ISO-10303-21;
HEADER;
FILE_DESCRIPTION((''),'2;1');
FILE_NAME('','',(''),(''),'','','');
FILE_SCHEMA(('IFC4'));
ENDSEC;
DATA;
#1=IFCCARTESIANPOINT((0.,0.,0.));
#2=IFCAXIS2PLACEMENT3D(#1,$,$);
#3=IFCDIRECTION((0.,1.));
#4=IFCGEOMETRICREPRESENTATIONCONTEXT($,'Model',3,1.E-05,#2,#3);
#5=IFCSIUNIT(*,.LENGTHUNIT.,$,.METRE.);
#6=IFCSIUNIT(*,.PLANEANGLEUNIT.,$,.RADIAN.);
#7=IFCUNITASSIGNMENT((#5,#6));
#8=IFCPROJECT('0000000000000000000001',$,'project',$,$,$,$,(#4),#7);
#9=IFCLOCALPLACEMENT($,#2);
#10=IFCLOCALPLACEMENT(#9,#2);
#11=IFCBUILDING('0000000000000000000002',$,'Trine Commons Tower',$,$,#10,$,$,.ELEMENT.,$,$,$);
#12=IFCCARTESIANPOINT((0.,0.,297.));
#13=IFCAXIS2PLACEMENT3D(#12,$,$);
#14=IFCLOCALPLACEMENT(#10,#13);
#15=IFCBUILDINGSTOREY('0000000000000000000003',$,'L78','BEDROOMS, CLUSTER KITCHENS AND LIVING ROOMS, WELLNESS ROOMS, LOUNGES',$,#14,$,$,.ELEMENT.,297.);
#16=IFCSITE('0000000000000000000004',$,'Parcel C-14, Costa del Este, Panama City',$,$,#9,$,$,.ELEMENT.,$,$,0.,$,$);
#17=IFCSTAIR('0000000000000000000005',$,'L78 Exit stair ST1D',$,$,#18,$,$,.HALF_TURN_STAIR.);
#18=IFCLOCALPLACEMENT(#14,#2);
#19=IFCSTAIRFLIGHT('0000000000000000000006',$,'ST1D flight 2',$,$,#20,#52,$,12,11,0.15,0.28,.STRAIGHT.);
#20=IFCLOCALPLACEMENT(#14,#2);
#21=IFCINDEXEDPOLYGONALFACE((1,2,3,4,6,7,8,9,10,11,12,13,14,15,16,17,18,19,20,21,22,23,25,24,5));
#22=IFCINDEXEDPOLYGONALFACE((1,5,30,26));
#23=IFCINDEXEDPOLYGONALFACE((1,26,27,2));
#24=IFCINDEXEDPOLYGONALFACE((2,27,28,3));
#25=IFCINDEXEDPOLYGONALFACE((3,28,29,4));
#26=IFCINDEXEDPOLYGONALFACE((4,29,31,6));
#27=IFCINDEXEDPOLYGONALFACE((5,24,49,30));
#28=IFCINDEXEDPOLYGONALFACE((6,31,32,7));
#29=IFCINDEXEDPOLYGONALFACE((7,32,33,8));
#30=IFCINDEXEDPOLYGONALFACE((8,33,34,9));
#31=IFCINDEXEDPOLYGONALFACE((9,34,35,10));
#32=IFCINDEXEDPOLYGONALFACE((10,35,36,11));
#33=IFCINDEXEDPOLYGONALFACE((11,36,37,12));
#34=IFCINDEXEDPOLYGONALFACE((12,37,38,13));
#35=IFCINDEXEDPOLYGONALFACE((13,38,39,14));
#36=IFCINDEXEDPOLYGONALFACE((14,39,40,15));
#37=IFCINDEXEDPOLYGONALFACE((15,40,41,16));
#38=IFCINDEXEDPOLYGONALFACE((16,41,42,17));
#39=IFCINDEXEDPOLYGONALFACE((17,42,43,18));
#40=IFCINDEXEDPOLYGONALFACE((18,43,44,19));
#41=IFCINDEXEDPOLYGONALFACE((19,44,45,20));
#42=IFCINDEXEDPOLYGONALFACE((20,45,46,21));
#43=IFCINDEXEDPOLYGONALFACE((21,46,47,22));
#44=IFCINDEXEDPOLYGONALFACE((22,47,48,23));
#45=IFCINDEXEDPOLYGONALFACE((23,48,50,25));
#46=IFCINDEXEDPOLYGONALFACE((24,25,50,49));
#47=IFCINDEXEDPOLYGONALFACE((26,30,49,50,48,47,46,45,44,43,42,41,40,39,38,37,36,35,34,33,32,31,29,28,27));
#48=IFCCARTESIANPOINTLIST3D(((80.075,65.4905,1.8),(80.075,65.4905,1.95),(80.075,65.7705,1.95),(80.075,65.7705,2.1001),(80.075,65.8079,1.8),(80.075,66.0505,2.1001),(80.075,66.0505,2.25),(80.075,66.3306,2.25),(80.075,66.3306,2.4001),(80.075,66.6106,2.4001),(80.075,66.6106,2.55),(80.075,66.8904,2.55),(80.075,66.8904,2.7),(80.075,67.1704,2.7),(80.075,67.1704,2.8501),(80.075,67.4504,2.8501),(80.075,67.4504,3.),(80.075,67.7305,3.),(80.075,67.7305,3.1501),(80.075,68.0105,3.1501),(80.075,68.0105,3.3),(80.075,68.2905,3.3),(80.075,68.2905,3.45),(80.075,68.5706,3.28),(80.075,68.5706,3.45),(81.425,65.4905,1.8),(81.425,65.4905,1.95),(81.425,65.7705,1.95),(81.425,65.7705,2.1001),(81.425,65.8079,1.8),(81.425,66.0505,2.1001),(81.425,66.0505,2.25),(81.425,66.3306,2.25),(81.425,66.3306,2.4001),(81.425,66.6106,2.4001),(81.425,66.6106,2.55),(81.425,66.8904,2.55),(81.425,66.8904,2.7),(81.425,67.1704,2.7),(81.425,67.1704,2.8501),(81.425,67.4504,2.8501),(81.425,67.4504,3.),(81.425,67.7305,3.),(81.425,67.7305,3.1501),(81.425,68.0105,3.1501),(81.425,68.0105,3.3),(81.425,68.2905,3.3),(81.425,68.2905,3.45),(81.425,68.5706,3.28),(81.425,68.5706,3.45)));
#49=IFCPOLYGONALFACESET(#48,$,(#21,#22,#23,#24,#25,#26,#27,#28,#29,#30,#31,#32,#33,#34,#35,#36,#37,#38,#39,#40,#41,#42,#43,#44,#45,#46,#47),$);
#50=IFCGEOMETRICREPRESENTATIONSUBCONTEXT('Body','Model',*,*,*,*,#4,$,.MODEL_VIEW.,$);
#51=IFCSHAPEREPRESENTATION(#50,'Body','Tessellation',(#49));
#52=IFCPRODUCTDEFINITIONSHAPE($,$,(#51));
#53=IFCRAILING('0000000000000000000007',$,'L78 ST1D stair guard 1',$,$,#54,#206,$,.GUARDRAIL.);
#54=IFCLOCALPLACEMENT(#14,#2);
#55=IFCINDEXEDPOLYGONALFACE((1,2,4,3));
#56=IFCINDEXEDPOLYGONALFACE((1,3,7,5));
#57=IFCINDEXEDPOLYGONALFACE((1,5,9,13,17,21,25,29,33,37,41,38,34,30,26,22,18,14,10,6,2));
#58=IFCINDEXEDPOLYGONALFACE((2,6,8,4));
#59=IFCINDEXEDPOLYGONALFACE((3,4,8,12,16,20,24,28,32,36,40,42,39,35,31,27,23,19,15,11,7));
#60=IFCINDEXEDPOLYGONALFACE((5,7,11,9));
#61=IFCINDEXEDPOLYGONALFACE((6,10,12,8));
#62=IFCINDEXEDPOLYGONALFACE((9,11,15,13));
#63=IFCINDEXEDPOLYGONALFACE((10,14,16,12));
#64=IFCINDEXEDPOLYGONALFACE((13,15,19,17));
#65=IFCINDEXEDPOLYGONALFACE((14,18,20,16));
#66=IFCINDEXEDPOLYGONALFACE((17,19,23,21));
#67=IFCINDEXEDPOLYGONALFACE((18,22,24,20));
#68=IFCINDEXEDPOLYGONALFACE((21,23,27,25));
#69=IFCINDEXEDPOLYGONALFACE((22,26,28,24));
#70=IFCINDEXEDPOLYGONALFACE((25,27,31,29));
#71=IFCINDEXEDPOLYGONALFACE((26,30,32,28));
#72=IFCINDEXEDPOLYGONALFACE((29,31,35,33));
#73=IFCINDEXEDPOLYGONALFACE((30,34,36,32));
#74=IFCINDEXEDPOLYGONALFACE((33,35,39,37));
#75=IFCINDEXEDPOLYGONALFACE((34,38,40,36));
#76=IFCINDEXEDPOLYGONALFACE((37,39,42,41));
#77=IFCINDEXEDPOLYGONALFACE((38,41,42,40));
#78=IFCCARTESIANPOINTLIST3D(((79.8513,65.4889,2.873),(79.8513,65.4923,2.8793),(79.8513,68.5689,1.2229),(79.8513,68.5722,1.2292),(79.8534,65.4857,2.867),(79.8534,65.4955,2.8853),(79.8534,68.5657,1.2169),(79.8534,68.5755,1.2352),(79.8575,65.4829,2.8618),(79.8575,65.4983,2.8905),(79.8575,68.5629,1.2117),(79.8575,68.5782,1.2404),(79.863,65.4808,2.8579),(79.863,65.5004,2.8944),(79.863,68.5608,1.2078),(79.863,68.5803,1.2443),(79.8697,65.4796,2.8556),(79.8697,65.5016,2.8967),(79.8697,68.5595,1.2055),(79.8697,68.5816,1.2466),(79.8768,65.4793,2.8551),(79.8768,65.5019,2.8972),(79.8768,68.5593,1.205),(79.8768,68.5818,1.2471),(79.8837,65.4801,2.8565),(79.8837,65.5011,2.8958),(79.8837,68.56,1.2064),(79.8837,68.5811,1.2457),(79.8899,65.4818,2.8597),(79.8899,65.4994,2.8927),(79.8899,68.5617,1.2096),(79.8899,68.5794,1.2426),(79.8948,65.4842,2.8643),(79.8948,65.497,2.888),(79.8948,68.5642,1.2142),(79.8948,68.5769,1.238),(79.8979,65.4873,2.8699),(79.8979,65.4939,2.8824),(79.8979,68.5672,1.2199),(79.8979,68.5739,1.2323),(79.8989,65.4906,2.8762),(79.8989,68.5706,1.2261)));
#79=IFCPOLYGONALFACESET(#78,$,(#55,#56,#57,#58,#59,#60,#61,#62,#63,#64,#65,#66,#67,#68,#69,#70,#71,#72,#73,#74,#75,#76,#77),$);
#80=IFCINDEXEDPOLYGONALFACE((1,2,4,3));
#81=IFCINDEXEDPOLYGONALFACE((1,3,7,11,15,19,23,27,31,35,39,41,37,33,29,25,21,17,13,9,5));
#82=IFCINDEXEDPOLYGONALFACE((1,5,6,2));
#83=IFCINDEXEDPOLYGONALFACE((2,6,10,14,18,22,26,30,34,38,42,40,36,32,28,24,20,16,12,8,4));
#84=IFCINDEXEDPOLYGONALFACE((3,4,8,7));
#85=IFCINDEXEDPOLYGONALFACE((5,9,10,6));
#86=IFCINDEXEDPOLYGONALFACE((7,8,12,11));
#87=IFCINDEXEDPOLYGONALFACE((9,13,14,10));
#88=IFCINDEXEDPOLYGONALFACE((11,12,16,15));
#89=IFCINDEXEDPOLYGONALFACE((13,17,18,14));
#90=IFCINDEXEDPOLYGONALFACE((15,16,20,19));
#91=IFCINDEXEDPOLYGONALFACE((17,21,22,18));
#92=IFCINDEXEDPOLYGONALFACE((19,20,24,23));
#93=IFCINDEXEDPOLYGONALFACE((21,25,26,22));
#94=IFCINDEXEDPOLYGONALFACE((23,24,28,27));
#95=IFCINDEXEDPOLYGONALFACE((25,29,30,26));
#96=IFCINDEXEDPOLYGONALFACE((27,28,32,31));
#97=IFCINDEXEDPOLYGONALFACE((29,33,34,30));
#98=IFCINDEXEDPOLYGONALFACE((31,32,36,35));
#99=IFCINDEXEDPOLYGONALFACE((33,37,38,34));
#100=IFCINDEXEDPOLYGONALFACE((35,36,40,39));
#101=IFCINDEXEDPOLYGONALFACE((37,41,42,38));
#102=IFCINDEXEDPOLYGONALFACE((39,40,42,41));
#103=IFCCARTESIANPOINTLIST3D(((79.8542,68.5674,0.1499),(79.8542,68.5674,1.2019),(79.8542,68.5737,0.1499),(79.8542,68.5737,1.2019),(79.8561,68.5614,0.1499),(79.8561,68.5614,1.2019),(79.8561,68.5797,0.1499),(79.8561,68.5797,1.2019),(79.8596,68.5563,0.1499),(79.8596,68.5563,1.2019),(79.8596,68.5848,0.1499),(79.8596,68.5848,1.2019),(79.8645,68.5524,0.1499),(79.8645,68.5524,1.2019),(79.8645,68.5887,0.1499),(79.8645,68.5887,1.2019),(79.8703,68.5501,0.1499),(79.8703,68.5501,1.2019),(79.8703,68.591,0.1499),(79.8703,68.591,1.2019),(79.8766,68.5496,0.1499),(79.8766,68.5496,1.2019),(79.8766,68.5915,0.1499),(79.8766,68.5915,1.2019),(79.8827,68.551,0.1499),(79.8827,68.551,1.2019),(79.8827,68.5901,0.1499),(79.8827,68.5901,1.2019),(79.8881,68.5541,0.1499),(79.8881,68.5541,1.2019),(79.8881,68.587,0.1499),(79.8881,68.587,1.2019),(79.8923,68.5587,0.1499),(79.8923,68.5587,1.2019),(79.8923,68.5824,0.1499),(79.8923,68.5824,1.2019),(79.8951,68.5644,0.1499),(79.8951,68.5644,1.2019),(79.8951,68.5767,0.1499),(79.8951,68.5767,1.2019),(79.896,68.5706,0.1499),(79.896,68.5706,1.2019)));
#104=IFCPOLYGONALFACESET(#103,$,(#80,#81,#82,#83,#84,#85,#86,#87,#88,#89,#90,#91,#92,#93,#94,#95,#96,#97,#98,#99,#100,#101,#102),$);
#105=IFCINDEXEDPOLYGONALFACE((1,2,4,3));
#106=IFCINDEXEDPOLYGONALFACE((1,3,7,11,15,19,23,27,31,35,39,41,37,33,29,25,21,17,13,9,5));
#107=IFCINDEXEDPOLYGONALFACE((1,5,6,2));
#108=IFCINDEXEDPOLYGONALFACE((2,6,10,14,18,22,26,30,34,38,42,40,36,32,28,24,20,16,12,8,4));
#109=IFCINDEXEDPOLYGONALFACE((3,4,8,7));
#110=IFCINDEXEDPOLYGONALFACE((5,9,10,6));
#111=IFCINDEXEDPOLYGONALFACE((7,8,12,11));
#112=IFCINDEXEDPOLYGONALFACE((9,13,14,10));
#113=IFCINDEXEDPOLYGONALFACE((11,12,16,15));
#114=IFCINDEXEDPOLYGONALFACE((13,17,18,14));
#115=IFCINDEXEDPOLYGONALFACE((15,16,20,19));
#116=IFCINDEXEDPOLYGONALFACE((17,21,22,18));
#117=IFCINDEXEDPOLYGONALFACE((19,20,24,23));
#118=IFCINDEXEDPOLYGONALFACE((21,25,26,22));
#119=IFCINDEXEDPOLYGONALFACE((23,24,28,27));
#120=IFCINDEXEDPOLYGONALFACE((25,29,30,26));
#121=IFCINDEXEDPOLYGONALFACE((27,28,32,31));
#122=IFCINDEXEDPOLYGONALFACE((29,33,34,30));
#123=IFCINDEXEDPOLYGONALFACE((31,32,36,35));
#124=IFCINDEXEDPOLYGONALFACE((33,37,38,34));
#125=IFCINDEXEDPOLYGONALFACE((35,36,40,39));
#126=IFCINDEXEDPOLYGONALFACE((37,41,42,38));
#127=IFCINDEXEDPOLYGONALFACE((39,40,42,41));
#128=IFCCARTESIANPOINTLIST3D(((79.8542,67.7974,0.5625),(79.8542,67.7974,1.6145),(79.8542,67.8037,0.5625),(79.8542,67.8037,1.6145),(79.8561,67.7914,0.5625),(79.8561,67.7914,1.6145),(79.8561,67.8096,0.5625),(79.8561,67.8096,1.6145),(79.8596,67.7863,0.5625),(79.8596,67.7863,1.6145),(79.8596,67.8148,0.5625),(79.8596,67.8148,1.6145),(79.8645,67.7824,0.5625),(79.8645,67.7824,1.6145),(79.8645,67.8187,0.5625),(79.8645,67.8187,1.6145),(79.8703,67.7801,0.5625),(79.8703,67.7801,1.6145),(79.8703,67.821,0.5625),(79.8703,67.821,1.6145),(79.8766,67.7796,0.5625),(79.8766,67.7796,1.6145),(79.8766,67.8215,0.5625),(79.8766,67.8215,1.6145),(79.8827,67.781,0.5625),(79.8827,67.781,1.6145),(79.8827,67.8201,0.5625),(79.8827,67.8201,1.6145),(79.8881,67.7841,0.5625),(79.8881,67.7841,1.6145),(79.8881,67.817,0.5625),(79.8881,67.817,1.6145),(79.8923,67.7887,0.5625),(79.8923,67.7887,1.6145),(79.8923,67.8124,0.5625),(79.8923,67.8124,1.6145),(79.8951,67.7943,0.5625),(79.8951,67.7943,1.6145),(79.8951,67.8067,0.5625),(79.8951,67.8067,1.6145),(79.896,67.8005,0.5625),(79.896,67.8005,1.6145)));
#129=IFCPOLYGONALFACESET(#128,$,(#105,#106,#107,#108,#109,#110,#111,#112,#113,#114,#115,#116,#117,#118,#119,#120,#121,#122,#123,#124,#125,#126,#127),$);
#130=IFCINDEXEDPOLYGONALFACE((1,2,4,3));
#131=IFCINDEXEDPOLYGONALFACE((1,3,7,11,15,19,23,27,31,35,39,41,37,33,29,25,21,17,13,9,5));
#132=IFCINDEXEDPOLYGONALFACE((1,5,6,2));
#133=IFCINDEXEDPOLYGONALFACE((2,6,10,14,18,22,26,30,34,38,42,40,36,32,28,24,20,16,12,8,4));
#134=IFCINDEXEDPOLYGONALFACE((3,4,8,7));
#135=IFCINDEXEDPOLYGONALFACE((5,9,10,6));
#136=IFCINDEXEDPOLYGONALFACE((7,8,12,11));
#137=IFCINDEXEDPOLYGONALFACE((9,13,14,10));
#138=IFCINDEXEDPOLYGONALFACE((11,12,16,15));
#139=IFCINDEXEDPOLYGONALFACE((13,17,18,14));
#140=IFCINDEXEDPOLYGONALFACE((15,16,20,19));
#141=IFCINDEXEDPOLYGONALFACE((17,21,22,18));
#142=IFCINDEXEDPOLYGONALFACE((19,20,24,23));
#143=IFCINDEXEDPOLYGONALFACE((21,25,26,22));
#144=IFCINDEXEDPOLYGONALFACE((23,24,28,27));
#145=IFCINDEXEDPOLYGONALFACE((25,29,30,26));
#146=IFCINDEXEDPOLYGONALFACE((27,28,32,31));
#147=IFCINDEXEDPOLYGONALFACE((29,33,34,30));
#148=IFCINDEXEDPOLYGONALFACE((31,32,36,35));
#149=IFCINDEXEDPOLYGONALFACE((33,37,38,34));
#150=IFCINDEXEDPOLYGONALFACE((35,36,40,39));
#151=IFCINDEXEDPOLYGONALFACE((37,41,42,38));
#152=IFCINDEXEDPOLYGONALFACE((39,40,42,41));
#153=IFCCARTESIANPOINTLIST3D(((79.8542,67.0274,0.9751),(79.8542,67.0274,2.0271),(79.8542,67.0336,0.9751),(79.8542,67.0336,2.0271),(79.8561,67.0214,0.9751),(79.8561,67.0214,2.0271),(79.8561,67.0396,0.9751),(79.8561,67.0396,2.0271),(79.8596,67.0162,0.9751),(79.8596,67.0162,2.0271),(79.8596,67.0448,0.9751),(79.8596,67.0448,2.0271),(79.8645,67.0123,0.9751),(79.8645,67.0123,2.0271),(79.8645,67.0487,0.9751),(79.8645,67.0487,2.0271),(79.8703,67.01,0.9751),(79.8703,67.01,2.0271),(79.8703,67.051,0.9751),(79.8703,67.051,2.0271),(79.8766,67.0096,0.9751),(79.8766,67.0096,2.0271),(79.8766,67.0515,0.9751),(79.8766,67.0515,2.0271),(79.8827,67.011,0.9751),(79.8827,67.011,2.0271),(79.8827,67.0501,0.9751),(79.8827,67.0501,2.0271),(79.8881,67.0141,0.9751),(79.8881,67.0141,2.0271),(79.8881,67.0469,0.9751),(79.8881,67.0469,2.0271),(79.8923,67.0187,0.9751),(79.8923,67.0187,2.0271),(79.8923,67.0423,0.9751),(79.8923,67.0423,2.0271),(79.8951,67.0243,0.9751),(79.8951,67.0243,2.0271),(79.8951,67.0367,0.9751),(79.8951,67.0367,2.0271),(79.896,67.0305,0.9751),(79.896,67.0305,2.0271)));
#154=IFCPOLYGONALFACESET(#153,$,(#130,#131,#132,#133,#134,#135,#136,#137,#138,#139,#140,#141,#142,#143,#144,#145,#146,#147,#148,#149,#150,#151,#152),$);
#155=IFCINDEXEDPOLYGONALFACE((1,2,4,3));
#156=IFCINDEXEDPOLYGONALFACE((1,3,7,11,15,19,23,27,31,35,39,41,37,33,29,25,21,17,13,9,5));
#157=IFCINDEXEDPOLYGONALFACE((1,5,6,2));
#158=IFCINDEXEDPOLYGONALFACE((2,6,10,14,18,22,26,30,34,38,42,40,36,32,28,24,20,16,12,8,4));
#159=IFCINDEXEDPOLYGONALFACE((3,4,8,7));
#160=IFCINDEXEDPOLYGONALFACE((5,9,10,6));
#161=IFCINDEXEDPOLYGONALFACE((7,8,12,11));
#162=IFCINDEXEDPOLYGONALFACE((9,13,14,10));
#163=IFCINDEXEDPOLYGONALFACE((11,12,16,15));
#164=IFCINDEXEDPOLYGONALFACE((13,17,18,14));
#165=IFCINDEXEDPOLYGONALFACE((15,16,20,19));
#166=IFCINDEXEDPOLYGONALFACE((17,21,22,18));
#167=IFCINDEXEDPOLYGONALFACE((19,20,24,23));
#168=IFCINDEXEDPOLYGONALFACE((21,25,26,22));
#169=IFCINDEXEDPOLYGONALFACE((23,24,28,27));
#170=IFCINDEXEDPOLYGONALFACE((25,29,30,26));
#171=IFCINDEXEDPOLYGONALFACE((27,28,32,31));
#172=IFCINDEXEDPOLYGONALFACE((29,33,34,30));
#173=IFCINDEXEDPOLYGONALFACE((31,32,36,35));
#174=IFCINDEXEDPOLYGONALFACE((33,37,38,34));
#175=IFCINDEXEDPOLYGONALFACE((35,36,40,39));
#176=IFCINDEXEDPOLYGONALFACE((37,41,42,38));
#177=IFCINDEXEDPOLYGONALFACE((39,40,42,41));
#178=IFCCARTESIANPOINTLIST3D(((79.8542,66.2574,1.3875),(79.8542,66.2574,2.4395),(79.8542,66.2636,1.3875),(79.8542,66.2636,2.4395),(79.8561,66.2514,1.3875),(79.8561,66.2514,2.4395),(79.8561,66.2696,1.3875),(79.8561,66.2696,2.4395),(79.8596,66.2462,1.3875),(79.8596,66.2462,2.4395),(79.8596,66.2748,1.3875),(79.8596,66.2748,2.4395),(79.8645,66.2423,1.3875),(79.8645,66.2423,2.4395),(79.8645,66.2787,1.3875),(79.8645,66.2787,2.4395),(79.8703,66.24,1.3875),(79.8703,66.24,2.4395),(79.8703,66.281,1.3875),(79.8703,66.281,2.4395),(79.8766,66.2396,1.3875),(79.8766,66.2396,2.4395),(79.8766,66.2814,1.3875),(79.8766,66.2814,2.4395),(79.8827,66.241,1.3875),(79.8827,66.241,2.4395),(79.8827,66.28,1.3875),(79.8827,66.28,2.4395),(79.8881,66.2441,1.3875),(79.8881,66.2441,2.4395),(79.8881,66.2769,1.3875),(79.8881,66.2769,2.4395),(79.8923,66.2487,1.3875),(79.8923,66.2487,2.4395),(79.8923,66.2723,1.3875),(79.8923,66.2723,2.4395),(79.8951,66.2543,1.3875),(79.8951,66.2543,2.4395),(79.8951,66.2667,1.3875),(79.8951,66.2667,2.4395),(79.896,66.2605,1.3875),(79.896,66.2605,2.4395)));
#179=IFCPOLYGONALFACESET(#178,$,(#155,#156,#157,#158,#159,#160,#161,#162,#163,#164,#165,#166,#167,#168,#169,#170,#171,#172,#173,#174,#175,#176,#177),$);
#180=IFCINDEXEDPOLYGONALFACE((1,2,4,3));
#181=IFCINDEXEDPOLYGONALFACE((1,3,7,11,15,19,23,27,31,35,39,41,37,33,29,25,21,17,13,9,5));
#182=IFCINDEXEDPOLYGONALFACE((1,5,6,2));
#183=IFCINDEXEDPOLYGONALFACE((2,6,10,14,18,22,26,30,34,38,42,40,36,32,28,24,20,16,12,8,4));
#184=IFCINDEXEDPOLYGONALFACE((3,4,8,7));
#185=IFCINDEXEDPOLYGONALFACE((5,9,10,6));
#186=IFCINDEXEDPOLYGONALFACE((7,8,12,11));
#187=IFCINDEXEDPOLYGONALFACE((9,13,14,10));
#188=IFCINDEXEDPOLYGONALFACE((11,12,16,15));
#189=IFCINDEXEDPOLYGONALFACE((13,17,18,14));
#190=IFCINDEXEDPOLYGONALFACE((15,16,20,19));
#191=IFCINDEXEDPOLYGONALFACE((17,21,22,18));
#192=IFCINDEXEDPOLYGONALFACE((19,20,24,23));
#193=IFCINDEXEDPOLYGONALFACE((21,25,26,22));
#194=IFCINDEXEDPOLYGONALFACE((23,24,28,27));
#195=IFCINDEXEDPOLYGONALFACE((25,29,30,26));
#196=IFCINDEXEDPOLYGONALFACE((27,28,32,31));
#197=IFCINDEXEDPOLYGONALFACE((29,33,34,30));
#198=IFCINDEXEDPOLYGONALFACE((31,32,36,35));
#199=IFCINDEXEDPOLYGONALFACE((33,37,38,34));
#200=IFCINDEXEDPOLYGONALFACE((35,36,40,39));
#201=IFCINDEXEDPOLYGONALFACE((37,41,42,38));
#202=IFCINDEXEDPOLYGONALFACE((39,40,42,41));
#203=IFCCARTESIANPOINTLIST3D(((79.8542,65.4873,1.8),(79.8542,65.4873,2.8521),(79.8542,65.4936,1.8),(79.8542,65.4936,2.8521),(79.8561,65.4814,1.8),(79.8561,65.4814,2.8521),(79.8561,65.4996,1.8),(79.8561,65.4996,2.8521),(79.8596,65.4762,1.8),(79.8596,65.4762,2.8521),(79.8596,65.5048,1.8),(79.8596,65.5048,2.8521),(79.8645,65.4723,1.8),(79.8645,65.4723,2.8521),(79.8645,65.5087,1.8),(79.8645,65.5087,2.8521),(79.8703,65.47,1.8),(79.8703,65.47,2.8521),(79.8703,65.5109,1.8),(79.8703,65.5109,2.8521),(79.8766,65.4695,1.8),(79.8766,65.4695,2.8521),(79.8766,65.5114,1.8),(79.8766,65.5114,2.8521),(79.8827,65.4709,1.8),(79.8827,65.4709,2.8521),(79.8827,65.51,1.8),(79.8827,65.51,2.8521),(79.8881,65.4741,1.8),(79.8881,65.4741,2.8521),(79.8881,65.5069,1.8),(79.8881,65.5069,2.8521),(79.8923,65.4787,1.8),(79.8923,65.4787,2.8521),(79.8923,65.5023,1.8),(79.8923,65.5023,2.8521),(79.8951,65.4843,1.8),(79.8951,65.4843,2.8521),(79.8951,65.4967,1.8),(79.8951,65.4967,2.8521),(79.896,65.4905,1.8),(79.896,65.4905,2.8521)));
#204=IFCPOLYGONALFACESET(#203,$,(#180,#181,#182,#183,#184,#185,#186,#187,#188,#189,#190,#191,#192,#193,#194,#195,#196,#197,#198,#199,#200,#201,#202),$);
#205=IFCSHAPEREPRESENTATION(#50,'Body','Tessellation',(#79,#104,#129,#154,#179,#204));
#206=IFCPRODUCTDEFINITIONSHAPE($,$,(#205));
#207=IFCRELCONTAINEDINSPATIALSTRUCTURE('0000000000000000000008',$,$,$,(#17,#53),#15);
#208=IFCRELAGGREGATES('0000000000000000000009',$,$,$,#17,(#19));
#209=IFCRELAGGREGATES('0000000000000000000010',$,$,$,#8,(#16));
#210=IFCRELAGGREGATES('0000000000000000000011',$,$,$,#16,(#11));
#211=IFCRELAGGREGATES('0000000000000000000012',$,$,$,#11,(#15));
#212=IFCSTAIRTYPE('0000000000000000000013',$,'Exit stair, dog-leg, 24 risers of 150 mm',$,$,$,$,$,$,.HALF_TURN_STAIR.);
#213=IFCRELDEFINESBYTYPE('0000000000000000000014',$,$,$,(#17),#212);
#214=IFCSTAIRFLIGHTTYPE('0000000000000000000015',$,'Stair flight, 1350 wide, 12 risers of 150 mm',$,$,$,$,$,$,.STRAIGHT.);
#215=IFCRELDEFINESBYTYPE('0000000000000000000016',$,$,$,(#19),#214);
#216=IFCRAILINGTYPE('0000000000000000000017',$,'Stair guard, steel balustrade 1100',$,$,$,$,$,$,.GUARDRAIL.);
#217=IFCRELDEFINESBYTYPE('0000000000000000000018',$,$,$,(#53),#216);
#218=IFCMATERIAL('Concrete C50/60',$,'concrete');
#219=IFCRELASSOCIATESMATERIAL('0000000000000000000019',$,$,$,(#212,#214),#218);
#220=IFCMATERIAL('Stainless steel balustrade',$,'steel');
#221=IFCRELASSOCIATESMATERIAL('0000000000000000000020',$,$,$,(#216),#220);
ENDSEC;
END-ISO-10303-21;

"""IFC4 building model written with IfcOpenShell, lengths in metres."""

from ifc_helpers import new_model, si_unit, direction, frame, origin, origin_2d, place, context, subcontext, project, spatial, polyline, circle, outline, extrude, material, type_object, element, aggregate, save


model = new_model("IFC4")

# Units and contexts
model_context = context("Model", 3, precision=1e-05, world=origin(), true_north=direction((0.0, 1.0)))
body_context = subcontext(model_context, "Body", "Model", "MODEL_VIEW")
ifc_project = project(units=[si_unit("LENGTHUNIT", "METRE"), si_unit("PLANEANGLEUNIT", "RADIAN")], contexts=[model_context])

# Site, building, storey
site_placement = place(None, origin())
site = spatial("IfcSite", under=ifc_project, at=site_placement, Name="Parcel C-14, Costa del Este, Panama City", CompositionType="ELEMENT", RefElevation=0.0)
building_placement = place(site_placement, origin())
building = spatial("IfcBuilding", under=site, at=building_placement, Name="Trine Commons Tower", CompositionType="ELEMENT")
storey_placement = place(building_placement, frame((0.0, 0.0, 297.0)))
storey = spatial("IfcBuildingStorey", under=building, at=storey_placement, Name="L78", Description="BEDROOMS, CLUSTER KITCHENS AND LIVING ROOMS, WELLNESS ROOMS, LOUNGES", CompositionType="ELEMENT", Elevation=297.0)

# Shared definitions
ifc_material_1 = material(Name="Concrete C50/60", Category="concrete")

# Stair, stair flight
stair_type = type_object("IfcStairType", Name="Exit stair, dog-leg, 24 risers of 150 mm", PredefinedType="HALF_TURN_STAIR", material=ifc_material_1)
stair_placement = place(storey_placement, origin())
stair = element("IfcStair", 1, at=stair_placement, inside=storey, type_object=stair_type, Name="L78 Exit stair ST1D", PredefinedType="HALF_TURN_STAIR")
stair_flight_type = type_object("IfcStairFlightType", Name="Stair flight, 1350 wide, 12 risers of 150 mm", PredefinedType="STRAIGHT", material=ifc_material_1)
stair_flight_1_placement = place(storey_placement, frame((80.75, 65.4905, 1.8), z_axis=(0.0, 0.0, 1.0), x_axis=(0.0, 1.0, 0.0)))
stair_flight_1 = element("IfcStairFlight", 2, at=stair_flight_1_placement, type_object=stair_flight_type, Name="ST1D flight 2", NumberOfRisers=12, NumberOfTreads=11, PredefinedType="STRAIGHT", RiserHeight=0.15, TreadLength=0.28, context=body_context, shape_type="SweptSolid", body=[
    extrude(outline(polyline([(0.0, 0.0), (0.0, 0.1499), (0.28, 0.1499), (0.28, 0.3), (0.5601, 0.3), (0.5601, 0.45), (0.8401, 0.45), (0.8401, 0.6001), (1.1201, 0.6001), (1.1201, 0.75), (1.3999, 0.75), (1.3999, 0.8999), (1.6799, 0.8999), (1.6799, 1.05), (1.96, 1.05), (1.96, 1.2), (2.24, 1.2), (2.24, 1.3501), (2.52, 1.3501), (2.52, 1.5), (2.8, 1.5), (2.8, 1.6499), (3.0801, 1.6499), (3.0801, 1.8), (3.0801, 1.48), (0.3174, 0.0), (0.0, 0.0)])), frame((0.0, 0.675, 0.0), z_axis=(0.0, -1.0, 0.0), x_axis=(1.0, 0.0, 0.0)), (0.0, 0.0, 1.0), 1.3501),
])
aggregate(stair, [stair_flight_1])

# Railing
ifc_material_2 = material(Name="Stainless steel balustrade", Category="steel")
railing_type_1 = type_object("IfcRailingType", Name="Stair guard, steel balustrade 1100", PredefinedType="GUARDRAIL", material=ifc_material_2)
railing_1_placement = place(storey_placement, frame((79.875, 68.5706, 0.1499)))
element("IfcRailing", 3, at=railing_1_placement, inside=storey, type_object=railing_type_1, Name="L78 ST1D stair guard 1", PredefinedType="GUARDRAIL", context=body_context, shape_type="SweptSolid", body=[
    extrude(circle(Radius=0.0239, at=origin_2d()), frame((0.0, 0.0, 1.0762), z_axis=(0.0, -0.881468, 0.472245), x_axis=(1.0, 0.0, 0.0)), (0.0, 0.0, 1.0), 3.4941),
    extrude(circle(Radius=0.021, at=origin_2d()), origin(), (0.0, 0.0, 1.0), 1.052),
    extrude(circle(Radius=0.021, at=origin_2d()), frame((0.0, -0.77, 0.4126)), (0.0, 0.0, 1.0), 1.052),
    extrude(circle(Radius=0.021, at=origin_2d()), frame((0.0, -1.54, 0.8252)), (0.0, 0.0, 1.0), 1.052),
    extrude(circle(Radius=0.021, at=origin_2d()), frame((0.0, -2.3101, 1.2375)), (0.0, 0.0, 1.0), 1.052),
    extrude(circle(Radius=0.021, at=origin_2d()), frame((0.0, -3.0801, 1.6501)), (0.0, 0.0, 1.0), 1.052),
])

save(model, "model.ifc")
